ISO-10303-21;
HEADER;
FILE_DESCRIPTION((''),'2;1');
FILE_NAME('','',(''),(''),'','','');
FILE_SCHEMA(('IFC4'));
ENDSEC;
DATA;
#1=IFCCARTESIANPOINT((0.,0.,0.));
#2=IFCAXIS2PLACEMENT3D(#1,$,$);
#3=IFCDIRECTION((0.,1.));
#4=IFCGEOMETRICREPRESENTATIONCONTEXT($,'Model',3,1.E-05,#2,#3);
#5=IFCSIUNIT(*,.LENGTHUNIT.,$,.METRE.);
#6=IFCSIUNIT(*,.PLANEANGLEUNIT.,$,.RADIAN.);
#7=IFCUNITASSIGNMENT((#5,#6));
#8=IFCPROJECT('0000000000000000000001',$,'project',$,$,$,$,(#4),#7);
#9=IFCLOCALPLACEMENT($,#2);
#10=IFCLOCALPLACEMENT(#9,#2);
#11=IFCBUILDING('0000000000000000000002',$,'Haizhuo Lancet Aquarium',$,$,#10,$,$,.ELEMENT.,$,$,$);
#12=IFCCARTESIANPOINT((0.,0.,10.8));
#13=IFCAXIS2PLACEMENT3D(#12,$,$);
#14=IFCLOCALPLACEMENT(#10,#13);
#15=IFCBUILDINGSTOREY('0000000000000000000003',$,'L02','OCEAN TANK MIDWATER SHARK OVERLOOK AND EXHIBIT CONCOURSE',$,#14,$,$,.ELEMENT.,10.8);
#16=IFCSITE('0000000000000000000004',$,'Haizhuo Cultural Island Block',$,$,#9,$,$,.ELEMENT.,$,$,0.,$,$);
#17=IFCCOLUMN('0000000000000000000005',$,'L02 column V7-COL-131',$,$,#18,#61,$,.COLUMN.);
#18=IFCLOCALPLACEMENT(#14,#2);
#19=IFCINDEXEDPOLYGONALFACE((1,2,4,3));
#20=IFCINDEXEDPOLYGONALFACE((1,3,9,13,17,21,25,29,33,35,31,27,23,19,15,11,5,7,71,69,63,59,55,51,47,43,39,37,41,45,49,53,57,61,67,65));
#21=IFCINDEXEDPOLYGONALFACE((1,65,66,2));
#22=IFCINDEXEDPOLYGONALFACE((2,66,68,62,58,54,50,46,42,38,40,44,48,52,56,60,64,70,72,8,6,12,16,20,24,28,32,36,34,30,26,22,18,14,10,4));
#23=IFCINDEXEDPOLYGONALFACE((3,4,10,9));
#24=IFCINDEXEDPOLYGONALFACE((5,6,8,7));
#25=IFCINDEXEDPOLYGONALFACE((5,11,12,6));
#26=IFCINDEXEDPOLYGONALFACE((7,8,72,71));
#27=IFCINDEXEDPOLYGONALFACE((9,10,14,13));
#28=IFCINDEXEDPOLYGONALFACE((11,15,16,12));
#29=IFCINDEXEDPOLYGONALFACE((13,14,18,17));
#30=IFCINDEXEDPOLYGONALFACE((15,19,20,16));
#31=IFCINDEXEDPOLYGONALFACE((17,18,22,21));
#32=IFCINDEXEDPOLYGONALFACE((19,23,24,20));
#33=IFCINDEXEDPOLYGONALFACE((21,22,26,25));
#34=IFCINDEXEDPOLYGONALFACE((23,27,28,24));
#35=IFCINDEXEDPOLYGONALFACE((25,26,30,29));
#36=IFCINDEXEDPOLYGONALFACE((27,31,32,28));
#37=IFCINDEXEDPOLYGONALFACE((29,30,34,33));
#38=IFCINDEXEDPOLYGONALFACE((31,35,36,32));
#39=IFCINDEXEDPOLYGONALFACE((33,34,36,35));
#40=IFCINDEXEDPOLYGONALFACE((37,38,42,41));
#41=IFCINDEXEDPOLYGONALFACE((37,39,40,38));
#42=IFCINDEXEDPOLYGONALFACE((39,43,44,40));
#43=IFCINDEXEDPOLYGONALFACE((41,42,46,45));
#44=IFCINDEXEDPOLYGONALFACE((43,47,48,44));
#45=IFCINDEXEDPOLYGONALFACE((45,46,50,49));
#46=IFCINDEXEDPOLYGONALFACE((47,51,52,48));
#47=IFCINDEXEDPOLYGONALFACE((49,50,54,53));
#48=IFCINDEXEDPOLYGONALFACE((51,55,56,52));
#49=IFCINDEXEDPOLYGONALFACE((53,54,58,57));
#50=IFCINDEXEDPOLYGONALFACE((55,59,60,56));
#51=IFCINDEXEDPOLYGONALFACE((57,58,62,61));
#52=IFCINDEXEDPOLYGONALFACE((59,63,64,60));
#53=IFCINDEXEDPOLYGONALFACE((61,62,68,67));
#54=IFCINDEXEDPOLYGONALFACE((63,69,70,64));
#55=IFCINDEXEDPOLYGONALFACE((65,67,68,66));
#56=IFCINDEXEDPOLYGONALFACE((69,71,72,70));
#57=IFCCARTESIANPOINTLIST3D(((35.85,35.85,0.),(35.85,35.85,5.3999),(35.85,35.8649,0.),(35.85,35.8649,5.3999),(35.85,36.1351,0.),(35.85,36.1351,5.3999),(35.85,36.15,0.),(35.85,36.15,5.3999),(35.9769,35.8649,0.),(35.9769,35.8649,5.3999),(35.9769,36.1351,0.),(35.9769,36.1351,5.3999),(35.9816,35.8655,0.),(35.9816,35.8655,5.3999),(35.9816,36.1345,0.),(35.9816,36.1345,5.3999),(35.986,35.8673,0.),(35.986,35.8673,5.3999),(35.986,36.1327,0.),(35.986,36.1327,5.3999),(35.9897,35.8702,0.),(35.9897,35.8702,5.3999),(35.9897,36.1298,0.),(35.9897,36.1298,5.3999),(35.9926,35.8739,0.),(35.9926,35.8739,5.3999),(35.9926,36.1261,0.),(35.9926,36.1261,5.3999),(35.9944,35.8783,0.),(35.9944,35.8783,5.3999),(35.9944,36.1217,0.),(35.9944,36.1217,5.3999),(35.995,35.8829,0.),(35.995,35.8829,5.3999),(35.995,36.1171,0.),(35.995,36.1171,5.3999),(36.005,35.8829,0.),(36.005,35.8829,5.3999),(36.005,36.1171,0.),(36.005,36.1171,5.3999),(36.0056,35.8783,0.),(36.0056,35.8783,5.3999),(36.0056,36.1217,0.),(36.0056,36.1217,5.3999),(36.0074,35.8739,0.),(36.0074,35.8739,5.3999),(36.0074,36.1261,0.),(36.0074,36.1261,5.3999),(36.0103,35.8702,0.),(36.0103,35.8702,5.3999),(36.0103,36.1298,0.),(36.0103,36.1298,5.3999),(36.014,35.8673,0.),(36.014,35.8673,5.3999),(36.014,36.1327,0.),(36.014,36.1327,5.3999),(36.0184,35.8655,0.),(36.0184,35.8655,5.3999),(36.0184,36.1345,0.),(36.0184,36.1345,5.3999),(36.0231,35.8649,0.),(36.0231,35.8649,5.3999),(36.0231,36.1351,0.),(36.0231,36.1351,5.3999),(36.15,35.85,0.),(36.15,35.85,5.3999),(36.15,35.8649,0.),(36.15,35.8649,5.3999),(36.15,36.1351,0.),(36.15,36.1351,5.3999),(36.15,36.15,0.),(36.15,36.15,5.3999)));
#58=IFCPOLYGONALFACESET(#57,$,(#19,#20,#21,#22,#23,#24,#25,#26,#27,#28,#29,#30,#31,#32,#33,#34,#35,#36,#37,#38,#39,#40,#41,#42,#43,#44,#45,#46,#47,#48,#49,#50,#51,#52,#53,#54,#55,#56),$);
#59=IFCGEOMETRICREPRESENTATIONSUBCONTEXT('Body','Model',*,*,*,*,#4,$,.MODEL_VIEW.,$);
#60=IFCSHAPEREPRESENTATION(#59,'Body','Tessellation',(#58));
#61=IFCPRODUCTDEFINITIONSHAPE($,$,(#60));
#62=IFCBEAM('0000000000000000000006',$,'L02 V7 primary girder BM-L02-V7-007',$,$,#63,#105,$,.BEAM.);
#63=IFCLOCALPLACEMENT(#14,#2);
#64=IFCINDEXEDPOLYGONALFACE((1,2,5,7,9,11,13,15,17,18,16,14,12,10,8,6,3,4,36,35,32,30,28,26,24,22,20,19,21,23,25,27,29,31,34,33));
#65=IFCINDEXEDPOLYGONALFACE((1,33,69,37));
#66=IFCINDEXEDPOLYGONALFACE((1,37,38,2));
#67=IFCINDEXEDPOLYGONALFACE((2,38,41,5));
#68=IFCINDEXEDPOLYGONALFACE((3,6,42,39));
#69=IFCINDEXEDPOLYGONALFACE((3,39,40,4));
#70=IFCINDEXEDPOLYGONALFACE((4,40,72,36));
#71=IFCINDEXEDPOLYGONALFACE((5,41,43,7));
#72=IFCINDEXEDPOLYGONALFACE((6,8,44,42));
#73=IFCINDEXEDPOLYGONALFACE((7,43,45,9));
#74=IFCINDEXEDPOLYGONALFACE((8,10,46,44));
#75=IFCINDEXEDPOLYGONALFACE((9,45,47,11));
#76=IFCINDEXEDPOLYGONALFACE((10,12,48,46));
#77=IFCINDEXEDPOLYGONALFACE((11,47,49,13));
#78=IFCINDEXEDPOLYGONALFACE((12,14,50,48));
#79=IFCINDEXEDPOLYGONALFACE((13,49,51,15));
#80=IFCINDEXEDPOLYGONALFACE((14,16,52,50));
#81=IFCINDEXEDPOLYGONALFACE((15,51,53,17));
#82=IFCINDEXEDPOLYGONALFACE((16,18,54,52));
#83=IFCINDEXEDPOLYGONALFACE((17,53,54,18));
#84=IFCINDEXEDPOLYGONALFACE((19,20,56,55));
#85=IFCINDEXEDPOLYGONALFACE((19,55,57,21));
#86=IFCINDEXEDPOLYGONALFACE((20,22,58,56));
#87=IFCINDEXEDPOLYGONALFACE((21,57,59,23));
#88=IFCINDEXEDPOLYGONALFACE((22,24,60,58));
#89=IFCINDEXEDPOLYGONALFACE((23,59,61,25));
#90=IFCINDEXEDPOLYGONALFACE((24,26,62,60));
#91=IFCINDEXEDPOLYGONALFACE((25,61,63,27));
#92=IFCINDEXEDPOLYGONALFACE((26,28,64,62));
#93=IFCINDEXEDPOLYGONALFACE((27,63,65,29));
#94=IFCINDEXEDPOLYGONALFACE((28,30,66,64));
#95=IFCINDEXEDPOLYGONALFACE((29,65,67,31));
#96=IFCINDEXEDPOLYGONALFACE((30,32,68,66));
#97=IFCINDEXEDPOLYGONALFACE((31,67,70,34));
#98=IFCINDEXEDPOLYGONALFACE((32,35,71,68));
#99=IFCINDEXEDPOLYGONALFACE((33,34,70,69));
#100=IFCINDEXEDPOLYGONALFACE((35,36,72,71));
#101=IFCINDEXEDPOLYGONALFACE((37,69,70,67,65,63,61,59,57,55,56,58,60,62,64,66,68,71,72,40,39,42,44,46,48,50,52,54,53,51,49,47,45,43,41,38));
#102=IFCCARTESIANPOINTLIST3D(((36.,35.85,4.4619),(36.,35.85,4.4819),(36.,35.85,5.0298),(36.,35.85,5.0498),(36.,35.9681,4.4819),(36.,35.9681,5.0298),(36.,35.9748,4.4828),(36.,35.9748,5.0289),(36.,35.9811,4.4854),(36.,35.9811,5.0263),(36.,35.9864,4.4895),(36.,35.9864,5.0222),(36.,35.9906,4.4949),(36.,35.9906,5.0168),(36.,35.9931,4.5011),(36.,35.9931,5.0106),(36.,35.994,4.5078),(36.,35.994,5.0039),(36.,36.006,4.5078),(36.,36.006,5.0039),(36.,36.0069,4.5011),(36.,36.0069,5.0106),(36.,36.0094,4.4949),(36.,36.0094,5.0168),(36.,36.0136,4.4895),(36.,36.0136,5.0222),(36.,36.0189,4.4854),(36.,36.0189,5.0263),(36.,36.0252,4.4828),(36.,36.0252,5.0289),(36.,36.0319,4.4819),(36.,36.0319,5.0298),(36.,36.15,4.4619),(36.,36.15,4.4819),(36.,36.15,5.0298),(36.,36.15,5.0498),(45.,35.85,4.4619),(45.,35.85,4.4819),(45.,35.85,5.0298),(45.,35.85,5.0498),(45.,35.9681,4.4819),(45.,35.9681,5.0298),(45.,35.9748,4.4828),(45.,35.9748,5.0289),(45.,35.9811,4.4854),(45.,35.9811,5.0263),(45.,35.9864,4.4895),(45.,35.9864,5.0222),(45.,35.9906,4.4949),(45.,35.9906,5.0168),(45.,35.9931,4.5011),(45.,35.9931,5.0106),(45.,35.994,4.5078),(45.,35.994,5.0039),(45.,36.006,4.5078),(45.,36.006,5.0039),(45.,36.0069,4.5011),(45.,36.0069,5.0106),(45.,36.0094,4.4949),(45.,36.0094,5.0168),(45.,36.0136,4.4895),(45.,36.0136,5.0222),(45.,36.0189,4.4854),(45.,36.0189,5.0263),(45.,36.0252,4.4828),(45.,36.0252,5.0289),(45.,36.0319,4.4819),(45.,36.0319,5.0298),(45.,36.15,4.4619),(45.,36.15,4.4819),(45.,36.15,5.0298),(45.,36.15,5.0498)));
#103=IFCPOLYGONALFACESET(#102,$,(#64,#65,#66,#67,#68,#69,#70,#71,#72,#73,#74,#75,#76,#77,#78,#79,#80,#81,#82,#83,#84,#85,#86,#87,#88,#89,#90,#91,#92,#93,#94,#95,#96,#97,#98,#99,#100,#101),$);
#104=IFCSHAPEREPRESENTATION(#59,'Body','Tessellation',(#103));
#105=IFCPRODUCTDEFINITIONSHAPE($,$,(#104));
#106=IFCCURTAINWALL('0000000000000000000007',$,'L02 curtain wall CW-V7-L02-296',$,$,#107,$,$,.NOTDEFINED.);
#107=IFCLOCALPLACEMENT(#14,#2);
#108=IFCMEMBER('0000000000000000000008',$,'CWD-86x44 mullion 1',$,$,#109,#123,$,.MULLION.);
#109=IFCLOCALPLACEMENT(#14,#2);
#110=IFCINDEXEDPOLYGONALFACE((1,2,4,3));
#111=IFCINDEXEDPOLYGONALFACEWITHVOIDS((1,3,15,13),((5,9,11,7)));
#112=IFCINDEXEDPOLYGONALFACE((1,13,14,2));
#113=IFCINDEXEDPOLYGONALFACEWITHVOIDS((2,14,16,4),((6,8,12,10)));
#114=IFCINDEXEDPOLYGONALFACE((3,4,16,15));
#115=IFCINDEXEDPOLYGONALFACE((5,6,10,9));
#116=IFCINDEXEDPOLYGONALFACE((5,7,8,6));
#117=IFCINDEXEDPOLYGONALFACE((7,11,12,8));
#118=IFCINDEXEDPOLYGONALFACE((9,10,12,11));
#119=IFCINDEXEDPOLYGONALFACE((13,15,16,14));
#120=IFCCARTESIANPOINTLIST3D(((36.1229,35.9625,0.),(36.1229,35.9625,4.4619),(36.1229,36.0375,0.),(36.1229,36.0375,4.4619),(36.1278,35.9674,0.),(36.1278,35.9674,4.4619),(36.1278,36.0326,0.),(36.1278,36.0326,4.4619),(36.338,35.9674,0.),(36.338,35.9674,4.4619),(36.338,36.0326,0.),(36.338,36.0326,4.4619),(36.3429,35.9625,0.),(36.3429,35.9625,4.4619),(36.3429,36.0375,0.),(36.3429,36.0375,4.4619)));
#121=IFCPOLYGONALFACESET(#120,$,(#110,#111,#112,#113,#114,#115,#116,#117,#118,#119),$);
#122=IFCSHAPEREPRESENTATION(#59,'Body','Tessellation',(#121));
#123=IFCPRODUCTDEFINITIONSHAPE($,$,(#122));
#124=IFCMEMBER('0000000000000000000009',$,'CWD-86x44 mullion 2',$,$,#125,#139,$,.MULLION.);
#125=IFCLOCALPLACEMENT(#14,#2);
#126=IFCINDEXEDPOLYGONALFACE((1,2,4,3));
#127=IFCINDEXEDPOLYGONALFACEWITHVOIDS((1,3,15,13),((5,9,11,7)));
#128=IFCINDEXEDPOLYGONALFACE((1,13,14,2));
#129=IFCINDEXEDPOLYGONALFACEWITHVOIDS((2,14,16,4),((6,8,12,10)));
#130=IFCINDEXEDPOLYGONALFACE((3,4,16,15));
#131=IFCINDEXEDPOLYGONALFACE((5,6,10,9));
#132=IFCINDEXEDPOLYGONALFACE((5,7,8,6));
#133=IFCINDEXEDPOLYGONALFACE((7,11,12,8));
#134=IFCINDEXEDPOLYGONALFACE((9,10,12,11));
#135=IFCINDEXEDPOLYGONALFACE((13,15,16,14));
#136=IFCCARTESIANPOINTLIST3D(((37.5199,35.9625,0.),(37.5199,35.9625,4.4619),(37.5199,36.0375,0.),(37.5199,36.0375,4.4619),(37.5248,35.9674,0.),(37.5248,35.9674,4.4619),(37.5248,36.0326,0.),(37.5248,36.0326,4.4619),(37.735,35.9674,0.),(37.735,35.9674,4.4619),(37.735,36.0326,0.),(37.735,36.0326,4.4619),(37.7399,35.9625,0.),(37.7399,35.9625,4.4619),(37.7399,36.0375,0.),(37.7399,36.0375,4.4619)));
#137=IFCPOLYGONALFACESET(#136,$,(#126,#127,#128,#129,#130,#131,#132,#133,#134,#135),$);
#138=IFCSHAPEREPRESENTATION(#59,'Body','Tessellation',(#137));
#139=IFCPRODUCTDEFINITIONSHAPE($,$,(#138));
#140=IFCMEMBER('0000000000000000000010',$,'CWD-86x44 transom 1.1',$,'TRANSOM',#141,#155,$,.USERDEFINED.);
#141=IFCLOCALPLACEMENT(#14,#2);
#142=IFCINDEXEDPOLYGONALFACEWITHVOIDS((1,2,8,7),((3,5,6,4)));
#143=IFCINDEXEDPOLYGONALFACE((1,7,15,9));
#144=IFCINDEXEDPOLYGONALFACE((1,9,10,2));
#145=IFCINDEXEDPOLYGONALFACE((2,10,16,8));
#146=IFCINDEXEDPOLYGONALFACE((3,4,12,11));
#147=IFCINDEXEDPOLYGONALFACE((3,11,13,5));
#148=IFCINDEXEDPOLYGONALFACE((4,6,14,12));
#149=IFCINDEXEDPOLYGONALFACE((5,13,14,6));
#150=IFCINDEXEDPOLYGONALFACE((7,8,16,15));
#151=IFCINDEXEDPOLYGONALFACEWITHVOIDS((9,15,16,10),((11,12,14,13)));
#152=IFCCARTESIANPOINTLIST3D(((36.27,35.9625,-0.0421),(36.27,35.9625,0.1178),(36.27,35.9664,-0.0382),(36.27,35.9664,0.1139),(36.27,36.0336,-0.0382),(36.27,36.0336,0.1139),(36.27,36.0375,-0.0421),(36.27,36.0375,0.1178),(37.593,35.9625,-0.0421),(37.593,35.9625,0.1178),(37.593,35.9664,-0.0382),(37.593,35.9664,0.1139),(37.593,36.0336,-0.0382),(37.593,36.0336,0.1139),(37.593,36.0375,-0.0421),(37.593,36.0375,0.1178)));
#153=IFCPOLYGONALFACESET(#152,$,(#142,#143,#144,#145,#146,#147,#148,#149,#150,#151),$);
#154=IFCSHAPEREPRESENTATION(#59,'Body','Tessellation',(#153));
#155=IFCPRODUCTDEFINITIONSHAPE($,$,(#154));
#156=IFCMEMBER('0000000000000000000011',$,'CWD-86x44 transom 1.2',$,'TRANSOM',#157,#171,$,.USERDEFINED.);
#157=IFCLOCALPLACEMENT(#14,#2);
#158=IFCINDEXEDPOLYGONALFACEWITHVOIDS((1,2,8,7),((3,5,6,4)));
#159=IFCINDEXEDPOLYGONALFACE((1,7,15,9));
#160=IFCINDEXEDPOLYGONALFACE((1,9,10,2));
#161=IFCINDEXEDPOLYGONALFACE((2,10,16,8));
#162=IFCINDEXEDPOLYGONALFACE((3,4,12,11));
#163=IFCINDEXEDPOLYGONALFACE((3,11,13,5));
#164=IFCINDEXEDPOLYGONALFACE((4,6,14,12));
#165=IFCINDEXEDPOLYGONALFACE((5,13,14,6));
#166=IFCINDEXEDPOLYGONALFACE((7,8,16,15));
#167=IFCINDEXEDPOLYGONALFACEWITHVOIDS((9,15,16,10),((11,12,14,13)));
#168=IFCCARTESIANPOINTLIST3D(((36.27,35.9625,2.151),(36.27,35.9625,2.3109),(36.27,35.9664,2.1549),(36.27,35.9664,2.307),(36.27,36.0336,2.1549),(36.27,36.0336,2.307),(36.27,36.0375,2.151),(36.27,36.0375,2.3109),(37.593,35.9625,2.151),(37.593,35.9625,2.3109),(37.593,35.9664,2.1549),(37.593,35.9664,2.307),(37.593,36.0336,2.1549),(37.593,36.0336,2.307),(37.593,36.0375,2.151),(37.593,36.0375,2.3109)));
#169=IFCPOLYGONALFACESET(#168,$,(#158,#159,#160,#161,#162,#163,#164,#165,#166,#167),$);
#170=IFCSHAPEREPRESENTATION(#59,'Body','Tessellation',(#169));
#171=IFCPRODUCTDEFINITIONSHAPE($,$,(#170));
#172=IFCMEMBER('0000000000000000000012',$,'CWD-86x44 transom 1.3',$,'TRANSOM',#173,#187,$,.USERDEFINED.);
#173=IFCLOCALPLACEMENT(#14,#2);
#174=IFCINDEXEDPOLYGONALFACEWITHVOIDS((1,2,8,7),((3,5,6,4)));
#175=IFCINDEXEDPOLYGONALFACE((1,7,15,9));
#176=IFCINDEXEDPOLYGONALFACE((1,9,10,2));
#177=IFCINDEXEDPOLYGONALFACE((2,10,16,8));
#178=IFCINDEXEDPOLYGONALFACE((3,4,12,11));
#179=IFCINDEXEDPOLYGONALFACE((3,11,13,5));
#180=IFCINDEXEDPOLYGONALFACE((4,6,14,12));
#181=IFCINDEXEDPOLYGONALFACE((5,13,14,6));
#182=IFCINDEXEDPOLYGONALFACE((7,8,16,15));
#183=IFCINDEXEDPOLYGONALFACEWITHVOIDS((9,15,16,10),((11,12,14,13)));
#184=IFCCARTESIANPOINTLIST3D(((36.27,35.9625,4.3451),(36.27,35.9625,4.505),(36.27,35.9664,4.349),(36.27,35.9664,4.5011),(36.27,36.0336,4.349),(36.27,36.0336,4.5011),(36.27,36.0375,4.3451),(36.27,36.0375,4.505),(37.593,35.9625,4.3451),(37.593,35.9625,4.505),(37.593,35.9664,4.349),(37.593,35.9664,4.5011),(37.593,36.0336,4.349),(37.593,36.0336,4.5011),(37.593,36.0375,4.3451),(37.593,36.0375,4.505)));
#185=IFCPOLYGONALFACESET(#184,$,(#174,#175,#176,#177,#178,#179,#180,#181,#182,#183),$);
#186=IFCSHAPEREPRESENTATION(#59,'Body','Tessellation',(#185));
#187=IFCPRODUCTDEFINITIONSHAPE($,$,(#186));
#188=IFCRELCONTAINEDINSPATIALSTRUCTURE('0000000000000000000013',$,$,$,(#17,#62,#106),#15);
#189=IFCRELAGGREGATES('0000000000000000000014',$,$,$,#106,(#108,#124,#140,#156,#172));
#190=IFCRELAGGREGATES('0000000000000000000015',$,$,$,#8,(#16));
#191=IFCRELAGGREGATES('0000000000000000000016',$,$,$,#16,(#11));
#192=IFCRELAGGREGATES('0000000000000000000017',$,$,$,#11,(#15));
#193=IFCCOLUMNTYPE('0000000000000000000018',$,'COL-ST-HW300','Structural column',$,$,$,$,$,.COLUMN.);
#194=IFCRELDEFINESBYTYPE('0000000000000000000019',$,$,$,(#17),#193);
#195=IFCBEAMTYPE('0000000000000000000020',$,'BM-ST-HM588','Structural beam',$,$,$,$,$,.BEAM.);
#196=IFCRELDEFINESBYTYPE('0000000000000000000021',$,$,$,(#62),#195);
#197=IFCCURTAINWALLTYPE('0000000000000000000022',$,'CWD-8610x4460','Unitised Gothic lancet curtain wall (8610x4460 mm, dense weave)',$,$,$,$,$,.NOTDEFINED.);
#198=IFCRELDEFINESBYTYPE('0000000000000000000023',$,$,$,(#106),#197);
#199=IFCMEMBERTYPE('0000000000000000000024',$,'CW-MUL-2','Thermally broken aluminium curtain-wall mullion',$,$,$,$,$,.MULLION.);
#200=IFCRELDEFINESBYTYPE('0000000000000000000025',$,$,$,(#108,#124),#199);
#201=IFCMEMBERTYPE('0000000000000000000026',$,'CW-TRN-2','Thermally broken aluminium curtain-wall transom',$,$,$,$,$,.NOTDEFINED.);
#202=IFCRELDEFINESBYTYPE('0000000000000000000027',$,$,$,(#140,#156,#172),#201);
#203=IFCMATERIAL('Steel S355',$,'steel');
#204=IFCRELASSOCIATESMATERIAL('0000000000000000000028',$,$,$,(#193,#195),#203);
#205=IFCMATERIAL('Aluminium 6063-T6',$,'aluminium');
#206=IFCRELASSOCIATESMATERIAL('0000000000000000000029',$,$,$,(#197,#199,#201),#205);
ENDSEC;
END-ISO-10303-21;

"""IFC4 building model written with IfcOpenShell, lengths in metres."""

from ifc_helpers import new_model, si_unit, direction, frame, origin, origin_2d, place, context, subcontext, project, spatial, hollow_rectangle, i_section, extrude, material, material_profile, profile_set, type_object, element, aggregate, save


model = new_model("IFC4")

# Units and contexts
model_context = context("Model", 3, precision=1e-05, world=origin(), true_north=direction((0.0, 1.0)))
body_context = subcontext(model_context, "Body", "Model", "MODEL_VIEW")
ifc_project = project(units=[si_unit("LENGTHUNIT", "METRE"), si_unit("PLANEANGLEUNIT", "RADIAN")], contexts=[model_context])

# Site, building, storey
site_placement = place(None, origin())
site = spatial("IfcSite", under=ifc_project, at=site_placement, Name="Haizhuo Cultural Island Block", CompositionType="ELEMENT", RefElevation=0.0)
building_placement = place(site_placement, origin())
building = spatial("IfcBuilding", under=site, at=building_placement, Name="Haizhuo Lancet Aquarium", CompositionType="ELEMENT")
storey_placement = place(building_placement, frame((0.0, 0.0, 10.8)))
storey = spatial("IfcBuildingStorey", under=building, at=storey_placement, Name="L02", Description="OCEAN TANK MIDWATER SHARK OVERLOOK AND EXHIBIT CONCOURSE", CompositionType="ELEMENT", Elevation=10.8)

# Column
ifc_material_1 = material(Name="Steel S355", Category="steel")
ifc_material_profile_1 = material_profile(ifc_material_1, i_section(OverallWidth=0.3, OverallDepth=0.3, WebThickness=0.01, FlangeThickness=0.0149, FilletRadius=0.0181, at=origin_2d()), Name="HW 300x300x10x15")
ifc_profile_set_1 = profile_set([ifc_material_profile_1], Name="Steel S355")
column_type = type_object("IfcColumnType", Name="COL-ST-HW300", Description="Structural column", PredefinedType="COLUMN", material=ifc_profile_set_1)
column_placement = place(storey_placement, frame((36.0, 36.0, 0.0), z_axis=(0.0, 0.0, 1.0), x_axis=(1.0, 0.0, 0.0)))
element("IfcColumn", 1, at=column_placement, inside=storey, type_object=column_type, Name="L02 column V7-COL-131", PredefinedType="COLUMN", context=body_context, shape_type="SweptSolid", body=[
    extrude(i_section(OverallWidth=0.3, OverallDepth=0.3, WebThickness=0.01, FlangeThickness=0.0149, FilletRadius=0.0181, at=origin_2d()), origin(), (0.0, 0.0, 1.0), 5.3999),
])

# Beam
ifc_material_profile_2 = material_profile(ifc_material_1, i_section(OverallWidth=0.3, OverallDepth=0.5879, WebThickness=0.012, FlangeThickness=0.02, FilletRadius=0.0259, at=origin_2d()), Name="HM 588x300x12x20")
ifc_profile_set_2 = profile_set([ifc_material_profile_2], Name="Steel S355")
beam_type = type_object("IfcBeamType", Name="BM-ST-HM588", Description="Structural beam", PredefinedType="BEAM", material=ifc_profile_set_2)
beam_placement = place(storey_placement, frame((36.0, 36.0, 4.7559), z_axis=(1.0, 0.0, 0.0), x_axis=(0.0, 1.0, 0.0)))
element("IfcBeam", 2, at=beam_placement, inside=storey, type_object=beam_type, Name="L02 V7 primary girder BM-L02-V7-007", PredefinedType="BEAM", context=body_context, shape_type="SweptSolid", body=[
    extrude(i_section(OverallWidth=0.3, OverallDepth=0.5879, WebThickness=0.012, FlangeThickness=0.02, FilletRadius=0.0259, at=origin_2d()), origin(), (0.0, 0.0, 1.0), 9.0),
])

# Curtain wall, members
ifc_material_2 = material(Name="Aluminium 6063-T6", Category="aluminium")
curtain_wall_type_1 = type_object("IfcCurtainWallType", Name="CWD-8610x4460", Description="Unitised Gothic lancet curtain wall (8610x4460 mm, dense weave)", PredefinedType="NOTDEFINED", material=ifc_material_2)
curtain_wall_1_placement = place(storey_placement, origin())
curtain_wall_1 = element("IfcCurtainWall", 3, at=curtain_wall_1_placement, inside=storey, type_object=curtain_wall_type_1, Name="L02 curtain wall CW-V7-L02-296", PredefinedType="NOTDEFINED")
ifc_material_profile_3 = material_profile(ifc_material_2, hollow_rectangle(XDim=0.075, YDim=0.22, WallThickness=0.0049, at=origin_2d()), Name="ALU-M 75x220x5")
ifc_profile_set_3 = profile_set([ifc_material_profile_3], Name="Aluminium 6063-T6")
member_type_1 = type_object("IfcMemberType", Name="CW-MUL-2", Description="Thermally broken aluminium curtain-wall mullion", PredefinedType="MULLION", material=ifc_profile_set_3)
member_1_placement = place(storey_placement, frame((36.2329, 36.0, 0.0), z_axis=(0.0, 0.0, 1.0), x_axis=(0.0, 1.0, 0.0)))
member_1 = element("IfcMember", 4, at=member_1_placement, type_object=member_type_1, Name="CWD-86x44 mullion 1", PredefinedType="MULLION", context=body_context, shape_type="SweptSolid", body=[
    extrude(hollow_rectangle(XDim=0.075, YDim=0.22, WallThickness=0.0049, at=origin_2d()), origin(), (0.0, 0.0, 1.0), 4.4619),
])
member_2_placement = place(storey_placement, frame((37.6299, 36.0, 0.0), z_axis=(0.0, 0.0, 1.0), x_axis=(0.0, 1.0, 0.0)))
member_2 = element("IfcMember", 5, at=member_2_placement, type_object=member_type_1, Name="CWD-86x44 mullion 2", PredefinedType="MULLION", context=body_context, shape_type="SweptSolid", body=[
    extrude(hollow_rectangle(XDim=0.075, YDim=0.22, WallThickness=0.0049, at=origin_2d()), origin(), (0.0, 0.0, 1.0), 4.4619),
])
ifc_material_profile_4 = material_profile(ifc_material_2, hollow_rectangle(XDim=0.075, YDim=0.1599, WallThickness=0.0039, at=origin_2d()), Name="ALU-T 75x160x4")
ifc_profile_set_4 = profile_set([ifc_material_profile_4], Name="Aluminium 6063-T6")
member_type_2 = type_object("IfcMemberType", Name="CW-TRN-2", Description="Thermally broken aluminium curtain-wall transom", PredefinedType="NOTDEFINED", material=ifc_profile_set_4)
member_3_placement = place(storey_placement, frame((36.27, 36.0, 0.0378), z_axis=(1.0, 0.0, 0.0), x_axis=(0.0, 1.0, 0.0)))
member_3 = element("IfcMember", 6, at=member_3_placement, type_object=member_type_2, Name="CWD-86x44 transom 1.1", ObjectType="TRANSOM", PredefinedType="USERDEFINED", context=body_context, shape_type="SweptSolid", body=[
    extrude(hollow_rectangle(XDim=0.075, YDim=0.1599, WallThickness=0.0039, at=origin_2d()), origin(), (0.0, 0.0, 1.0), 1.323),
])
member_4_placement = place(storey_placement, frame((36.27, 36.0, 2.231), z_axis=(1.0, 0.0, 0.0), x_axis=(0.0, 1.0, 0.0)))
member_4 = element("IfcMember", 7, at=member_4_placement, type_object=member_type_2, Name="CWD-86x44 transom 1.2", ObjectType="TRANSOM", PredefinedType="USERDEFINED", context=body_context, shape_type="SweptSolid", body=[
    extrude(hollow_rectangle(XDim=0.075, YDim=0.1599, WallThickness=0.0039, at=origin_2d()), origin(), (0.0, 0.0, 1.0), 1.323),
])
member_5_placement = place(storey_placement, frame((36.27, 36.0, 4.425), z_axis=(1.0, 0.0, 0.0), x_axis=(0.0, 1.0, 0.0)))
member_5 = element("IfcMember", 8, at=member_5_placement, type_object=member_type_2, Name="CWD-86x44 transom 1.3", ObjectType="TRANSOM", PredefinedType="USERDEFINED", context=body_context, shape_type="SweptSolid", body=[
    extrude(hollow_rectangle(XDim=0.075, YDim=0.1599, WallThickness=0.0039, at=origin_2d()), origin(), (0.0, 0.0, 1.0), 1.323),
])

aggregate(curtain_wall_1, [member_1, member_2, member_3, member_4, member_5])

save(model, "model.ifc")
